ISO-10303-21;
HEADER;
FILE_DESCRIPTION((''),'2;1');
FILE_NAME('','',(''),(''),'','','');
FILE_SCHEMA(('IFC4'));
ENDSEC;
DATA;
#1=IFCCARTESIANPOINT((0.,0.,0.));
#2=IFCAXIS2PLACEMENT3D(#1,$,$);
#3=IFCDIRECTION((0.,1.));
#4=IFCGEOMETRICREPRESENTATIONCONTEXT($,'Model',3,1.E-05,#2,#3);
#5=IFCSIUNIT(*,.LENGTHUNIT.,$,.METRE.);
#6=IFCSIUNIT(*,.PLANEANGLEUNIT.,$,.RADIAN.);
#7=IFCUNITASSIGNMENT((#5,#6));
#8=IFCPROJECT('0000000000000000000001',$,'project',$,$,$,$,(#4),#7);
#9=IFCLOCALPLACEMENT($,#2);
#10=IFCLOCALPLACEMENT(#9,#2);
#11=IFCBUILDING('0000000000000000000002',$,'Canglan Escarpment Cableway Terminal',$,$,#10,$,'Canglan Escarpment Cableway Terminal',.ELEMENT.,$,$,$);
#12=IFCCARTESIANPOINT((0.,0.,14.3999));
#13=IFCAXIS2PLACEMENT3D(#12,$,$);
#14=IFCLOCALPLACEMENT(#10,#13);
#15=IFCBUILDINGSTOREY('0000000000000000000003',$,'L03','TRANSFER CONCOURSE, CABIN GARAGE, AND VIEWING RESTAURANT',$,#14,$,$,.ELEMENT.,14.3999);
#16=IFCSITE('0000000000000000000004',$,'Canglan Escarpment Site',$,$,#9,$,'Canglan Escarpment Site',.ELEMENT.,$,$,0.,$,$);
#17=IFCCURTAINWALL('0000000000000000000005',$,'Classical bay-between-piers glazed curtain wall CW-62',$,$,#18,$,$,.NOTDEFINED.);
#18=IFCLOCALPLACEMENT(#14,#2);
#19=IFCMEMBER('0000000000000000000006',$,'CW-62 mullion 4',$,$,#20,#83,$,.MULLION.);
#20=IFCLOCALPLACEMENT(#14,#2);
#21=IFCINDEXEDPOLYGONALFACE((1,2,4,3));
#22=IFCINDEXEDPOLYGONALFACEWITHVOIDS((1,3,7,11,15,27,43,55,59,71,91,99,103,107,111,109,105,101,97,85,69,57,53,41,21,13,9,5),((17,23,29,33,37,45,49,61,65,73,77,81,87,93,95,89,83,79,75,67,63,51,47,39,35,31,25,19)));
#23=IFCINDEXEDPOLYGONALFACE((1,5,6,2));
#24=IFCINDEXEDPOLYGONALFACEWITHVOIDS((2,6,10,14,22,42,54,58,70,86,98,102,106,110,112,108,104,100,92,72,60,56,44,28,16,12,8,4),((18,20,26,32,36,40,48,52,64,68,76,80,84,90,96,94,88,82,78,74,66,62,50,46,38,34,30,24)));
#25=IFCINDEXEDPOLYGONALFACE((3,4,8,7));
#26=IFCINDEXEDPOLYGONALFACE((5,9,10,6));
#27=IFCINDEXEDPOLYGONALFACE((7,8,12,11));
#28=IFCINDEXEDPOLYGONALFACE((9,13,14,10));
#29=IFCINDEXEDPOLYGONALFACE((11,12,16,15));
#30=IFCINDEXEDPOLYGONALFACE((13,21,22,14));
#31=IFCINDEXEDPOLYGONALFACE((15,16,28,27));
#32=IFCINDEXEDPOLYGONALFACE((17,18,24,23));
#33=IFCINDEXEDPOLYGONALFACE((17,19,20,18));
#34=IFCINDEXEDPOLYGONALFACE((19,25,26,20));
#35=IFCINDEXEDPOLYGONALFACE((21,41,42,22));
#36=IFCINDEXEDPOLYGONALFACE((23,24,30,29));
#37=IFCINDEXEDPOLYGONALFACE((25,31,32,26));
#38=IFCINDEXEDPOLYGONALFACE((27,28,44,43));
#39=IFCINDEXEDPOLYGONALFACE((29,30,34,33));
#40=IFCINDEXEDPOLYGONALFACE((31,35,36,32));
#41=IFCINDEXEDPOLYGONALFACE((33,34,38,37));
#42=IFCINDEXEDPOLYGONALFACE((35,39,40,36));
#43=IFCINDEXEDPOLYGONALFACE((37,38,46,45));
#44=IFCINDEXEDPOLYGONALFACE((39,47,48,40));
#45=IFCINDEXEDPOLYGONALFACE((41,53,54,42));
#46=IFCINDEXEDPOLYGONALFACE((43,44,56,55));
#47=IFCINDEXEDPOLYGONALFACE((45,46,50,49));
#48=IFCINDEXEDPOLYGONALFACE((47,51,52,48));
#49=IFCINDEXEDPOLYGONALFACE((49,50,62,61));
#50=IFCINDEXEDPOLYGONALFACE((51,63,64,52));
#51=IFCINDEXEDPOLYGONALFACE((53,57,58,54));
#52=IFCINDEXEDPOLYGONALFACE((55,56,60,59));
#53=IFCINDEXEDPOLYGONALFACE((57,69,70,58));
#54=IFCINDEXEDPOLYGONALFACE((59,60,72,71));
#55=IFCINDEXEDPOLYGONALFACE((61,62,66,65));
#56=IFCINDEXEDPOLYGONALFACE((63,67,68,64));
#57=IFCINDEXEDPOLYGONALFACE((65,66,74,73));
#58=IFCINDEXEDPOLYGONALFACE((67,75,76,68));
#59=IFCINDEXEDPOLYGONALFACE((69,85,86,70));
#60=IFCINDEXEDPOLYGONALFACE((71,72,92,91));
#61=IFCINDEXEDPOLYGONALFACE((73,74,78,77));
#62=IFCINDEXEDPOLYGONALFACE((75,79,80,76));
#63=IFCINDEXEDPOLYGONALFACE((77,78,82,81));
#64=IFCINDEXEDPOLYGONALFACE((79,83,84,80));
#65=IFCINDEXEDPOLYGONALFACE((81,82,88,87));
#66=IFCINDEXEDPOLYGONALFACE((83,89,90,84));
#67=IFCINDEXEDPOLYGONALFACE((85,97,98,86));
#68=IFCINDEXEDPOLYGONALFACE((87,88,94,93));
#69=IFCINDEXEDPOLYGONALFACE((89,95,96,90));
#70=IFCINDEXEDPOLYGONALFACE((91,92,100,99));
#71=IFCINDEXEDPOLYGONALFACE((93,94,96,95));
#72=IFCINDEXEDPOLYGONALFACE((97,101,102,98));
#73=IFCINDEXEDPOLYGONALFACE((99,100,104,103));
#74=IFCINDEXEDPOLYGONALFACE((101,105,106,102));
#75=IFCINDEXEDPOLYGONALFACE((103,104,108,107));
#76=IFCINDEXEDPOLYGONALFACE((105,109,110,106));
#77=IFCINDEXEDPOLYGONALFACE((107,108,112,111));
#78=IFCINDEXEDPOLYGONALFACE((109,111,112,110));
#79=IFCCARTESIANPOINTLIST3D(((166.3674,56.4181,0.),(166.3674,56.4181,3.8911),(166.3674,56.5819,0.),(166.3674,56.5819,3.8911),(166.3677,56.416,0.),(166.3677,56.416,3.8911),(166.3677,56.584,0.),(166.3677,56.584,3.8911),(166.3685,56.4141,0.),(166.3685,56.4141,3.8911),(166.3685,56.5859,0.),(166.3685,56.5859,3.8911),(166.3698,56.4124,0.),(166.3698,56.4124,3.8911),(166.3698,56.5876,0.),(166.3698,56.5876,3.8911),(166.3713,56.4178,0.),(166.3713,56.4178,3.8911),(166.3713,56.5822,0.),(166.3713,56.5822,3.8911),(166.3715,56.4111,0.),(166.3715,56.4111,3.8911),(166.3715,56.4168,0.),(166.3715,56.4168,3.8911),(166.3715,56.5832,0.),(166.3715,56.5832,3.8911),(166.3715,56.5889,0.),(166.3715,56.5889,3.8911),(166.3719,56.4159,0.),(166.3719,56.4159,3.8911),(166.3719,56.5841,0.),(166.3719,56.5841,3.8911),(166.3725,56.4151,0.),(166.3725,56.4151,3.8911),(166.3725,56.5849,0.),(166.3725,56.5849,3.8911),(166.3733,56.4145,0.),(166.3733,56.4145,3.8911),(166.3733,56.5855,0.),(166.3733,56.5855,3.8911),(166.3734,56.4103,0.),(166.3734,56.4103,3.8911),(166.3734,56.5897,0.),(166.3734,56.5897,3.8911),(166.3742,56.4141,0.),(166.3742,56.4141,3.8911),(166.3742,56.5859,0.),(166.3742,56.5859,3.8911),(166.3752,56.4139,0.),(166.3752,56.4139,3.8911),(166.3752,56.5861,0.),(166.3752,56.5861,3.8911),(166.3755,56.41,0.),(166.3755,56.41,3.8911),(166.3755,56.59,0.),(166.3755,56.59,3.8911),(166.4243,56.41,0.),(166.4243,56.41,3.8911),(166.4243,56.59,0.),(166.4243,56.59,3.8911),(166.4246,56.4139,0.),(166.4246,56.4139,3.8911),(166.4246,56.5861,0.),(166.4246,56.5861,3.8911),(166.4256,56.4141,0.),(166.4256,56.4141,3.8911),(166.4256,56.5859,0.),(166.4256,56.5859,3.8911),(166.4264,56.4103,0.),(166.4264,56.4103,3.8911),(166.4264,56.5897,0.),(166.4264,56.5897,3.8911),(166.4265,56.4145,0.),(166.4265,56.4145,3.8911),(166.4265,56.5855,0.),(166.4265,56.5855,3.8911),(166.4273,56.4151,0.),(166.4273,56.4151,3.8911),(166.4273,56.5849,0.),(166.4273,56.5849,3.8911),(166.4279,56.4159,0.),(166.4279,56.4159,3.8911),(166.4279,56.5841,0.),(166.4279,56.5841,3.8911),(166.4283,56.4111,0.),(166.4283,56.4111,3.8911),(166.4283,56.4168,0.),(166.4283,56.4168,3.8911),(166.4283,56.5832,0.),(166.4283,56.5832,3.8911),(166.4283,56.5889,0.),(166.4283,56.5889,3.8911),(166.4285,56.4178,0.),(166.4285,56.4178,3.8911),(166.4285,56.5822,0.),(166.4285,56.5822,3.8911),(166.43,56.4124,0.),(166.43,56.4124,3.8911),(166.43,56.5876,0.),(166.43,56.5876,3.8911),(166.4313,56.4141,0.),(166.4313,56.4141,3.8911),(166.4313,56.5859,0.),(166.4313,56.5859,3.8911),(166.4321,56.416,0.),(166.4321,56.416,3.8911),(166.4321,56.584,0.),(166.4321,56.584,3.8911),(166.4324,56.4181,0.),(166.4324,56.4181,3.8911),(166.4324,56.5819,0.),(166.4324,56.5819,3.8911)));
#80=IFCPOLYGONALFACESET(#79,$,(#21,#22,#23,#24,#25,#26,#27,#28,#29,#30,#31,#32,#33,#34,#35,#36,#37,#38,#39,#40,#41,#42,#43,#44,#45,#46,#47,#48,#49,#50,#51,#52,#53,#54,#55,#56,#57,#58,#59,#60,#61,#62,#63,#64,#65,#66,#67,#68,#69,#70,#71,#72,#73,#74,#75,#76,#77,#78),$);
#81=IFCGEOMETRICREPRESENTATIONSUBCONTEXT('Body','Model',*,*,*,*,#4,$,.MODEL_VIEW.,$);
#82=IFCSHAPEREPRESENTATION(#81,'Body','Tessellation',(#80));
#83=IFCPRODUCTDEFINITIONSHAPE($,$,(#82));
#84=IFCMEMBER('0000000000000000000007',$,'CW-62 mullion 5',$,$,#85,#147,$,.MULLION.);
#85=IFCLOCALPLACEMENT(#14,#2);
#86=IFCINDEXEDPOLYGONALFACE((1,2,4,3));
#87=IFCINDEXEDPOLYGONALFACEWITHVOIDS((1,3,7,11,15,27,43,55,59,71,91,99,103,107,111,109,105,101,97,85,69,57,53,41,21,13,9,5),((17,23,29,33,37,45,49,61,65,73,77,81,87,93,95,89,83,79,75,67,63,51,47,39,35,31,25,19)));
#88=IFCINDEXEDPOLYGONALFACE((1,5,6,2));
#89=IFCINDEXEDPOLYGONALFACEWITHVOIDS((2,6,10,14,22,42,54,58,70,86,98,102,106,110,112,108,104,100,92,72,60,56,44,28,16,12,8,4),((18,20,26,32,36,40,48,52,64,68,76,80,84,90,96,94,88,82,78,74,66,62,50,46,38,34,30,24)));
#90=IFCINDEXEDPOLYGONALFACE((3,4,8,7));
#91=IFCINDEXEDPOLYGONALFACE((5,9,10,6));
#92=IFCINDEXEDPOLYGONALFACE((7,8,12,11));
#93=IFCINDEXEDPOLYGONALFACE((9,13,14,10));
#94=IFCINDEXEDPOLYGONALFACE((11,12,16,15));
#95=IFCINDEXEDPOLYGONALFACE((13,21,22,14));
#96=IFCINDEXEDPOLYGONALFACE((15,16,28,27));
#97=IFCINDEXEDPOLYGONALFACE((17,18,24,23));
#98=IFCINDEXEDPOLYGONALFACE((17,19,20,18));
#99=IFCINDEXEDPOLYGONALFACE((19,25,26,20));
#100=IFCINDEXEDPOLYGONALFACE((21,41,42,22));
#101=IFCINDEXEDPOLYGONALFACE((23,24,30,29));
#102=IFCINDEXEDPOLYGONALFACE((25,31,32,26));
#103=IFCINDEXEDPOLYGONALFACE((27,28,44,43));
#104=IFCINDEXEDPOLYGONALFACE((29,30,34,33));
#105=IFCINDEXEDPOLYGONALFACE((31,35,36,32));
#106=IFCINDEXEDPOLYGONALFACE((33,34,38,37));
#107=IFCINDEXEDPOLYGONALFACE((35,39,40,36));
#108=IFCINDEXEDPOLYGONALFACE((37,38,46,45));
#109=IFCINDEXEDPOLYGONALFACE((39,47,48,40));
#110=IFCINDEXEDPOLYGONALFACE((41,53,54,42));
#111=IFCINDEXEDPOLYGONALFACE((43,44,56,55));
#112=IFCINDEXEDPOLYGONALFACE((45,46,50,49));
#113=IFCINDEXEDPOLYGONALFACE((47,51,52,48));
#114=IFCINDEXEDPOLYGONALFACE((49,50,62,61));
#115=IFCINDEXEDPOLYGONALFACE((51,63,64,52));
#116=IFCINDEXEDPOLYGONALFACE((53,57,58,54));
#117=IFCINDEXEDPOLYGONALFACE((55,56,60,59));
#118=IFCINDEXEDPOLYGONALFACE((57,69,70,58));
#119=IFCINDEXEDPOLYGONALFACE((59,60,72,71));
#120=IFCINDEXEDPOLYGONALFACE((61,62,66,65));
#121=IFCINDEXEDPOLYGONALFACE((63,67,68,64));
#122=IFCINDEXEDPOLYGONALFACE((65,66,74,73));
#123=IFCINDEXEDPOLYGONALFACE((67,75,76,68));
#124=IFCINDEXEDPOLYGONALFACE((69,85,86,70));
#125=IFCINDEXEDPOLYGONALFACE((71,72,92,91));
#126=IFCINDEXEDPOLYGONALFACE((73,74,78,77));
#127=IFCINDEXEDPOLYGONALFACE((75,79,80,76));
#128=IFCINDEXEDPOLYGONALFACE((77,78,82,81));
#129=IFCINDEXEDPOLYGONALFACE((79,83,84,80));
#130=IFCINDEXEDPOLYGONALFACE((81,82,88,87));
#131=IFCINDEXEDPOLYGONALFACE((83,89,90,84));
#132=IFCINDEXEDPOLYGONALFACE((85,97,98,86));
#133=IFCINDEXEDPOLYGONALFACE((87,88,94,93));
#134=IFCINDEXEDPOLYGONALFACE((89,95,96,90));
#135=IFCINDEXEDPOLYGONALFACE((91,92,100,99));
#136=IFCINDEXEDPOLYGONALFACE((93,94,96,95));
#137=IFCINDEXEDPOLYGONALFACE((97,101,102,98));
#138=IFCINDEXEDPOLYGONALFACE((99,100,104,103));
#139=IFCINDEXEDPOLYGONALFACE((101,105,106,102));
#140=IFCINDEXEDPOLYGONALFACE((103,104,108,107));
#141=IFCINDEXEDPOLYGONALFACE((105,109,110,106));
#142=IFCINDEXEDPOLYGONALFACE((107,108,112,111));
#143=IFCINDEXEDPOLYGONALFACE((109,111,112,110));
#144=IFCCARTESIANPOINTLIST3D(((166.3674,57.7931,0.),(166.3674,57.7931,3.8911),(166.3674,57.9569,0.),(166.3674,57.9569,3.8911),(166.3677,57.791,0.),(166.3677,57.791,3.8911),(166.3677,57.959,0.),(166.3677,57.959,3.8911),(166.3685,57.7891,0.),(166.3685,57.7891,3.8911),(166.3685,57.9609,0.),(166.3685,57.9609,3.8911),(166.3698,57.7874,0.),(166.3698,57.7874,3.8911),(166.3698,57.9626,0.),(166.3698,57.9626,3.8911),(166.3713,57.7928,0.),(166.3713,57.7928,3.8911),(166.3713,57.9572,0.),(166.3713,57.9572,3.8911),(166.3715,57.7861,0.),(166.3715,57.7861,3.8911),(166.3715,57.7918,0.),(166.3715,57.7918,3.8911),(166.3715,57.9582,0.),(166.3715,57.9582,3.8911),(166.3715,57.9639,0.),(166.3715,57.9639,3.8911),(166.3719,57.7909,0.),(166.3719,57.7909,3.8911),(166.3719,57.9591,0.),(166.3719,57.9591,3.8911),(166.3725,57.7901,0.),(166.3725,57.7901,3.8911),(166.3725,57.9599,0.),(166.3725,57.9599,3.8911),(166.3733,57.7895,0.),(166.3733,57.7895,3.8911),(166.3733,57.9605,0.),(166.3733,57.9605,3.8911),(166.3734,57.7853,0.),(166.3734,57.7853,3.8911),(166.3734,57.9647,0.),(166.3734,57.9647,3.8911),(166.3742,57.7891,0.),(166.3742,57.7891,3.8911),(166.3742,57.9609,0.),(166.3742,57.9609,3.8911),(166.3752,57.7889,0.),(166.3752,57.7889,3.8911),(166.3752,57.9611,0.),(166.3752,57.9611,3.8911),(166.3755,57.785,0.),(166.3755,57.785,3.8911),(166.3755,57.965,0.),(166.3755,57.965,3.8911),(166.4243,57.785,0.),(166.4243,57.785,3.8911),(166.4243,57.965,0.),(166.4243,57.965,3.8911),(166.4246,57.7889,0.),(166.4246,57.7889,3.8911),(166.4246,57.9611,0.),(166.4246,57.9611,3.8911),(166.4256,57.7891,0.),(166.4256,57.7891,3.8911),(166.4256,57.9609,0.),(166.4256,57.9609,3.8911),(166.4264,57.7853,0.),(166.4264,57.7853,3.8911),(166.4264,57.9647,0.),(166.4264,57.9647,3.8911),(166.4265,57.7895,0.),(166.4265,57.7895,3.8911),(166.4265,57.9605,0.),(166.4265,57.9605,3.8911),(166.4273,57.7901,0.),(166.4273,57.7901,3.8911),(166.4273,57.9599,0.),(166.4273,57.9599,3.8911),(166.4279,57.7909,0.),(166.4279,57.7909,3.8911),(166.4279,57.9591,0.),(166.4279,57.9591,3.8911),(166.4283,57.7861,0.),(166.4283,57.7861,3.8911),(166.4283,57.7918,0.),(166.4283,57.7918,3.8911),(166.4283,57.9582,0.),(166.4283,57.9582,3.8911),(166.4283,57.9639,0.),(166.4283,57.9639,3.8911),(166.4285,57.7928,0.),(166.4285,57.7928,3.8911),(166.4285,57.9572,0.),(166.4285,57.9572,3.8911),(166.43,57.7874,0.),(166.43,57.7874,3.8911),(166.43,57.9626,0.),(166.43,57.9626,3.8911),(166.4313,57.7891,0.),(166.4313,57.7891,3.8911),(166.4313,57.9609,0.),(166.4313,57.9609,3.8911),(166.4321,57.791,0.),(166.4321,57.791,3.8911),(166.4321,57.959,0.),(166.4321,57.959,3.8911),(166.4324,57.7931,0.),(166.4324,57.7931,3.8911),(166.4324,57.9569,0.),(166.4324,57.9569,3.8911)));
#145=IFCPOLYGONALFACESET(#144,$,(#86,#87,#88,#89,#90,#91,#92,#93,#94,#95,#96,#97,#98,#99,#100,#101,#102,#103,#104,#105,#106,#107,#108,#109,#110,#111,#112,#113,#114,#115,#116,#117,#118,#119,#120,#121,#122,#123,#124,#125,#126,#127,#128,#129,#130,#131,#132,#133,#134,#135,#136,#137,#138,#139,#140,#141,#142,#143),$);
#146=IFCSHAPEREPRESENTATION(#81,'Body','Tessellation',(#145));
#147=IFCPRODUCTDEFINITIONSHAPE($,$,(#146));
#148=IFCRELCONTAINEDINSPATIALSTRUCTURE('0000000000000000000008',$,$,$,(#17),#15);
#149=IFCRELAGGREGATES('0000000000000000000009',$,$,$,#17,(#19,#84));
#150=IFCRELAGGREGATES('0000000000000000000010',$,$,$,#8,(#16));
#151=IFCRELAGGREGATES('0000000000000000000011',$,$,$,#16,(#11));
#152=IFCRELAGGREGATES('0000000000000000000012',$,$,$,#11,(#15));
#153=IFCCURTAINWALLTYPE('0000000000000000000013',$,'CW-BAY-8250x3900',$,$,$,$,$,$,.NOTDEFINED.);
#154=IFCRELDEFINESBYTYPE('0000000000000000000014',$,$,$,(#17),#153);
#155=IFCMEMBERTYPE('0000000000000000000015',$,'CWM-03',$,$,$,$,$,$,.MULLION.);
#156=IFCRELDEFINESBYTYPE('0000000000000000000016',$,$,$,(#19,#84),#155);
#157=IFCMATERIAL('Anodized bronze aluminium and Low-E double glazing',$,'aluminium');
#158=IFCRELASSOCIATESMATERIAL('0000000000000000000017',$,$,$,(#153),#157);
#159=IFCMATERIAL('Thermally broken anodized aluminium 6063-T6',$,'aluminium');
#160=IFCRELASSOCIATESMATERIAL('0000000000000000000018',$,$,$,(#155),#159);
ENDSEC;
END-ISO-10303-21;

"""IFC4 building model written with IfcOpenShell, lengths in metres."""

from ifc_helpers import new_model, si_unit, direction, frame, origin, origin_2d, place, context, subcontext, project, spatial, hollow_rectangle, extrude, material, material_profile, profile_set, type_object, element, aggregate, save


model = new_model("IFC4")

# Units and contexts
model_context = context("Model", 3, precision=1e-05, world=origin(), true_north=direction((0.0, 1.0)))
body_context = subcontext(model_context, "Body", "Model", "MODEL_VIEW")
ifc_project = project(units=[si_unit("LENGTHUNIT", "METRE"), si_unit("PLANEANGLEUNIT", "RADIAN")], contexts=[model_context])

# Site, building, storey
site_placement = place(None, origin())
site = spatial("IfcSite", under=ifc_project, at=site_placement, Name="Canglan Escarpment Site", LongName="Canglan Escarpment Site", CompositionType="ELEMENT", RefElevation=0.0)
building_placement = place(site_placement, origin())
building = spatial("IfcBuilding", under=site, at=building_placement, Name="Canglan Escarpment Cableway Terminal", LongName="Canglan Escarpment Cableway Terminal", CompositionType="ELEMENT")
storey_placement = place(building_placement, frame((0.0, 0.0, 14.3999)))
storey = spatial("IfcBuildingStorey", under=building, at=storey_placement, Name="L03", Description="TRANSFER CONCOURSE, CABIN GARAGE, AND VIEWING RESTAURANT", CompositionType="ELEMENT", Elevation=14.3999)

# Curtain wall, members
ifc_material_1 = material(Name="Anodized bronze aluminium and Low-E double glazing", Category="aluminium")
curtain_wall_type = type_object("IfcCurtainWallType", Name="CW-BAY-8250x3900", PredefinedType="NOTDEFINED", material=ifc_material_1)
curtain_wall_placement = place(storey_placement, origin())
curtain_wall = element("IfcCurtainWall", 1, at=curtain_wall_placement, inside=storey, type_object=curtain_wall_type, Name="Classical bay-between-piers glazed curtain wall CW-62", PredefinedType="NOTDEFINED")
ifc_material_2 = material(Name="Thermally broken anodized aluminium 6063-T6", Category="aluminium")
ifc_material_profile_1 = material_profile(ifc_material_2, hollow_rectangle(XDim=0.0649, YDim=0.1799, WallThickness=0.0039, InnerFilletRadius=0.0039, OuterFilletRadius=0.0081, at=origin_2d()), Name="ALU-MULL 65x180x4")
ifc_profile_set_1 = profile_set([ifc_material_profile_1], Name="Thermally broken anodized aluminium 6063-T6")
member_type_1 = type_object("IfcMemberType", Name="CWM-03", PredefinedType="MULLION", material=ifc_profile_set_1)
member_1_placement = place(storey_placement, frame((166.3999, 56.5, 0.0), z_axis=(0.0, 0.0, 1.0), x_axis=(-1.0, 0.0, 0.0)))
member_1 = element("IfcMember", 2, at=member_1_placement, type_object=member_type_1, Name="CW-62 mullion 4", PredefinedType="MULLION", context=body_context, shape_type="SweptSolid", body=[
    extrude(hollow_rectangle(XDim=0.0649, YDim=0.1799, WallThickness=0.0039, InnerFilletRadius=0.0039, OuterFilletRadius=0.0081, at=origin_2d()), origin(), (0.0, 0.0, 1.0), 3.8911),
])
member_2_placement = place(storey_placement, frame((166.3999, 57.875, 0.0), z_axis=(0.0, 0.0, 1.0), x_axis=(-1.0, 0.0, 0.0)))
member_2 = element("IfcMember", 3, at=member_2_placement, type_object=member_type_1, Name="CW-62 mullion 5", PredefinedType="MULLION", context=body_context, shape_type="SweptSolid", body=[
    extrude(hollow_rectangle(XDim=0.0649, YDim=0.1799, WallThickness=0.0039, InnerFilletRadius=0.0039, OuterFilletRadius=0.0081, at=origin_2d()), origin(), (0.0, 0.0, 1.0), 3.8911),
])

aggregate(curtain_wall, [member_1, member_2])

save(model, "model.ifc")
